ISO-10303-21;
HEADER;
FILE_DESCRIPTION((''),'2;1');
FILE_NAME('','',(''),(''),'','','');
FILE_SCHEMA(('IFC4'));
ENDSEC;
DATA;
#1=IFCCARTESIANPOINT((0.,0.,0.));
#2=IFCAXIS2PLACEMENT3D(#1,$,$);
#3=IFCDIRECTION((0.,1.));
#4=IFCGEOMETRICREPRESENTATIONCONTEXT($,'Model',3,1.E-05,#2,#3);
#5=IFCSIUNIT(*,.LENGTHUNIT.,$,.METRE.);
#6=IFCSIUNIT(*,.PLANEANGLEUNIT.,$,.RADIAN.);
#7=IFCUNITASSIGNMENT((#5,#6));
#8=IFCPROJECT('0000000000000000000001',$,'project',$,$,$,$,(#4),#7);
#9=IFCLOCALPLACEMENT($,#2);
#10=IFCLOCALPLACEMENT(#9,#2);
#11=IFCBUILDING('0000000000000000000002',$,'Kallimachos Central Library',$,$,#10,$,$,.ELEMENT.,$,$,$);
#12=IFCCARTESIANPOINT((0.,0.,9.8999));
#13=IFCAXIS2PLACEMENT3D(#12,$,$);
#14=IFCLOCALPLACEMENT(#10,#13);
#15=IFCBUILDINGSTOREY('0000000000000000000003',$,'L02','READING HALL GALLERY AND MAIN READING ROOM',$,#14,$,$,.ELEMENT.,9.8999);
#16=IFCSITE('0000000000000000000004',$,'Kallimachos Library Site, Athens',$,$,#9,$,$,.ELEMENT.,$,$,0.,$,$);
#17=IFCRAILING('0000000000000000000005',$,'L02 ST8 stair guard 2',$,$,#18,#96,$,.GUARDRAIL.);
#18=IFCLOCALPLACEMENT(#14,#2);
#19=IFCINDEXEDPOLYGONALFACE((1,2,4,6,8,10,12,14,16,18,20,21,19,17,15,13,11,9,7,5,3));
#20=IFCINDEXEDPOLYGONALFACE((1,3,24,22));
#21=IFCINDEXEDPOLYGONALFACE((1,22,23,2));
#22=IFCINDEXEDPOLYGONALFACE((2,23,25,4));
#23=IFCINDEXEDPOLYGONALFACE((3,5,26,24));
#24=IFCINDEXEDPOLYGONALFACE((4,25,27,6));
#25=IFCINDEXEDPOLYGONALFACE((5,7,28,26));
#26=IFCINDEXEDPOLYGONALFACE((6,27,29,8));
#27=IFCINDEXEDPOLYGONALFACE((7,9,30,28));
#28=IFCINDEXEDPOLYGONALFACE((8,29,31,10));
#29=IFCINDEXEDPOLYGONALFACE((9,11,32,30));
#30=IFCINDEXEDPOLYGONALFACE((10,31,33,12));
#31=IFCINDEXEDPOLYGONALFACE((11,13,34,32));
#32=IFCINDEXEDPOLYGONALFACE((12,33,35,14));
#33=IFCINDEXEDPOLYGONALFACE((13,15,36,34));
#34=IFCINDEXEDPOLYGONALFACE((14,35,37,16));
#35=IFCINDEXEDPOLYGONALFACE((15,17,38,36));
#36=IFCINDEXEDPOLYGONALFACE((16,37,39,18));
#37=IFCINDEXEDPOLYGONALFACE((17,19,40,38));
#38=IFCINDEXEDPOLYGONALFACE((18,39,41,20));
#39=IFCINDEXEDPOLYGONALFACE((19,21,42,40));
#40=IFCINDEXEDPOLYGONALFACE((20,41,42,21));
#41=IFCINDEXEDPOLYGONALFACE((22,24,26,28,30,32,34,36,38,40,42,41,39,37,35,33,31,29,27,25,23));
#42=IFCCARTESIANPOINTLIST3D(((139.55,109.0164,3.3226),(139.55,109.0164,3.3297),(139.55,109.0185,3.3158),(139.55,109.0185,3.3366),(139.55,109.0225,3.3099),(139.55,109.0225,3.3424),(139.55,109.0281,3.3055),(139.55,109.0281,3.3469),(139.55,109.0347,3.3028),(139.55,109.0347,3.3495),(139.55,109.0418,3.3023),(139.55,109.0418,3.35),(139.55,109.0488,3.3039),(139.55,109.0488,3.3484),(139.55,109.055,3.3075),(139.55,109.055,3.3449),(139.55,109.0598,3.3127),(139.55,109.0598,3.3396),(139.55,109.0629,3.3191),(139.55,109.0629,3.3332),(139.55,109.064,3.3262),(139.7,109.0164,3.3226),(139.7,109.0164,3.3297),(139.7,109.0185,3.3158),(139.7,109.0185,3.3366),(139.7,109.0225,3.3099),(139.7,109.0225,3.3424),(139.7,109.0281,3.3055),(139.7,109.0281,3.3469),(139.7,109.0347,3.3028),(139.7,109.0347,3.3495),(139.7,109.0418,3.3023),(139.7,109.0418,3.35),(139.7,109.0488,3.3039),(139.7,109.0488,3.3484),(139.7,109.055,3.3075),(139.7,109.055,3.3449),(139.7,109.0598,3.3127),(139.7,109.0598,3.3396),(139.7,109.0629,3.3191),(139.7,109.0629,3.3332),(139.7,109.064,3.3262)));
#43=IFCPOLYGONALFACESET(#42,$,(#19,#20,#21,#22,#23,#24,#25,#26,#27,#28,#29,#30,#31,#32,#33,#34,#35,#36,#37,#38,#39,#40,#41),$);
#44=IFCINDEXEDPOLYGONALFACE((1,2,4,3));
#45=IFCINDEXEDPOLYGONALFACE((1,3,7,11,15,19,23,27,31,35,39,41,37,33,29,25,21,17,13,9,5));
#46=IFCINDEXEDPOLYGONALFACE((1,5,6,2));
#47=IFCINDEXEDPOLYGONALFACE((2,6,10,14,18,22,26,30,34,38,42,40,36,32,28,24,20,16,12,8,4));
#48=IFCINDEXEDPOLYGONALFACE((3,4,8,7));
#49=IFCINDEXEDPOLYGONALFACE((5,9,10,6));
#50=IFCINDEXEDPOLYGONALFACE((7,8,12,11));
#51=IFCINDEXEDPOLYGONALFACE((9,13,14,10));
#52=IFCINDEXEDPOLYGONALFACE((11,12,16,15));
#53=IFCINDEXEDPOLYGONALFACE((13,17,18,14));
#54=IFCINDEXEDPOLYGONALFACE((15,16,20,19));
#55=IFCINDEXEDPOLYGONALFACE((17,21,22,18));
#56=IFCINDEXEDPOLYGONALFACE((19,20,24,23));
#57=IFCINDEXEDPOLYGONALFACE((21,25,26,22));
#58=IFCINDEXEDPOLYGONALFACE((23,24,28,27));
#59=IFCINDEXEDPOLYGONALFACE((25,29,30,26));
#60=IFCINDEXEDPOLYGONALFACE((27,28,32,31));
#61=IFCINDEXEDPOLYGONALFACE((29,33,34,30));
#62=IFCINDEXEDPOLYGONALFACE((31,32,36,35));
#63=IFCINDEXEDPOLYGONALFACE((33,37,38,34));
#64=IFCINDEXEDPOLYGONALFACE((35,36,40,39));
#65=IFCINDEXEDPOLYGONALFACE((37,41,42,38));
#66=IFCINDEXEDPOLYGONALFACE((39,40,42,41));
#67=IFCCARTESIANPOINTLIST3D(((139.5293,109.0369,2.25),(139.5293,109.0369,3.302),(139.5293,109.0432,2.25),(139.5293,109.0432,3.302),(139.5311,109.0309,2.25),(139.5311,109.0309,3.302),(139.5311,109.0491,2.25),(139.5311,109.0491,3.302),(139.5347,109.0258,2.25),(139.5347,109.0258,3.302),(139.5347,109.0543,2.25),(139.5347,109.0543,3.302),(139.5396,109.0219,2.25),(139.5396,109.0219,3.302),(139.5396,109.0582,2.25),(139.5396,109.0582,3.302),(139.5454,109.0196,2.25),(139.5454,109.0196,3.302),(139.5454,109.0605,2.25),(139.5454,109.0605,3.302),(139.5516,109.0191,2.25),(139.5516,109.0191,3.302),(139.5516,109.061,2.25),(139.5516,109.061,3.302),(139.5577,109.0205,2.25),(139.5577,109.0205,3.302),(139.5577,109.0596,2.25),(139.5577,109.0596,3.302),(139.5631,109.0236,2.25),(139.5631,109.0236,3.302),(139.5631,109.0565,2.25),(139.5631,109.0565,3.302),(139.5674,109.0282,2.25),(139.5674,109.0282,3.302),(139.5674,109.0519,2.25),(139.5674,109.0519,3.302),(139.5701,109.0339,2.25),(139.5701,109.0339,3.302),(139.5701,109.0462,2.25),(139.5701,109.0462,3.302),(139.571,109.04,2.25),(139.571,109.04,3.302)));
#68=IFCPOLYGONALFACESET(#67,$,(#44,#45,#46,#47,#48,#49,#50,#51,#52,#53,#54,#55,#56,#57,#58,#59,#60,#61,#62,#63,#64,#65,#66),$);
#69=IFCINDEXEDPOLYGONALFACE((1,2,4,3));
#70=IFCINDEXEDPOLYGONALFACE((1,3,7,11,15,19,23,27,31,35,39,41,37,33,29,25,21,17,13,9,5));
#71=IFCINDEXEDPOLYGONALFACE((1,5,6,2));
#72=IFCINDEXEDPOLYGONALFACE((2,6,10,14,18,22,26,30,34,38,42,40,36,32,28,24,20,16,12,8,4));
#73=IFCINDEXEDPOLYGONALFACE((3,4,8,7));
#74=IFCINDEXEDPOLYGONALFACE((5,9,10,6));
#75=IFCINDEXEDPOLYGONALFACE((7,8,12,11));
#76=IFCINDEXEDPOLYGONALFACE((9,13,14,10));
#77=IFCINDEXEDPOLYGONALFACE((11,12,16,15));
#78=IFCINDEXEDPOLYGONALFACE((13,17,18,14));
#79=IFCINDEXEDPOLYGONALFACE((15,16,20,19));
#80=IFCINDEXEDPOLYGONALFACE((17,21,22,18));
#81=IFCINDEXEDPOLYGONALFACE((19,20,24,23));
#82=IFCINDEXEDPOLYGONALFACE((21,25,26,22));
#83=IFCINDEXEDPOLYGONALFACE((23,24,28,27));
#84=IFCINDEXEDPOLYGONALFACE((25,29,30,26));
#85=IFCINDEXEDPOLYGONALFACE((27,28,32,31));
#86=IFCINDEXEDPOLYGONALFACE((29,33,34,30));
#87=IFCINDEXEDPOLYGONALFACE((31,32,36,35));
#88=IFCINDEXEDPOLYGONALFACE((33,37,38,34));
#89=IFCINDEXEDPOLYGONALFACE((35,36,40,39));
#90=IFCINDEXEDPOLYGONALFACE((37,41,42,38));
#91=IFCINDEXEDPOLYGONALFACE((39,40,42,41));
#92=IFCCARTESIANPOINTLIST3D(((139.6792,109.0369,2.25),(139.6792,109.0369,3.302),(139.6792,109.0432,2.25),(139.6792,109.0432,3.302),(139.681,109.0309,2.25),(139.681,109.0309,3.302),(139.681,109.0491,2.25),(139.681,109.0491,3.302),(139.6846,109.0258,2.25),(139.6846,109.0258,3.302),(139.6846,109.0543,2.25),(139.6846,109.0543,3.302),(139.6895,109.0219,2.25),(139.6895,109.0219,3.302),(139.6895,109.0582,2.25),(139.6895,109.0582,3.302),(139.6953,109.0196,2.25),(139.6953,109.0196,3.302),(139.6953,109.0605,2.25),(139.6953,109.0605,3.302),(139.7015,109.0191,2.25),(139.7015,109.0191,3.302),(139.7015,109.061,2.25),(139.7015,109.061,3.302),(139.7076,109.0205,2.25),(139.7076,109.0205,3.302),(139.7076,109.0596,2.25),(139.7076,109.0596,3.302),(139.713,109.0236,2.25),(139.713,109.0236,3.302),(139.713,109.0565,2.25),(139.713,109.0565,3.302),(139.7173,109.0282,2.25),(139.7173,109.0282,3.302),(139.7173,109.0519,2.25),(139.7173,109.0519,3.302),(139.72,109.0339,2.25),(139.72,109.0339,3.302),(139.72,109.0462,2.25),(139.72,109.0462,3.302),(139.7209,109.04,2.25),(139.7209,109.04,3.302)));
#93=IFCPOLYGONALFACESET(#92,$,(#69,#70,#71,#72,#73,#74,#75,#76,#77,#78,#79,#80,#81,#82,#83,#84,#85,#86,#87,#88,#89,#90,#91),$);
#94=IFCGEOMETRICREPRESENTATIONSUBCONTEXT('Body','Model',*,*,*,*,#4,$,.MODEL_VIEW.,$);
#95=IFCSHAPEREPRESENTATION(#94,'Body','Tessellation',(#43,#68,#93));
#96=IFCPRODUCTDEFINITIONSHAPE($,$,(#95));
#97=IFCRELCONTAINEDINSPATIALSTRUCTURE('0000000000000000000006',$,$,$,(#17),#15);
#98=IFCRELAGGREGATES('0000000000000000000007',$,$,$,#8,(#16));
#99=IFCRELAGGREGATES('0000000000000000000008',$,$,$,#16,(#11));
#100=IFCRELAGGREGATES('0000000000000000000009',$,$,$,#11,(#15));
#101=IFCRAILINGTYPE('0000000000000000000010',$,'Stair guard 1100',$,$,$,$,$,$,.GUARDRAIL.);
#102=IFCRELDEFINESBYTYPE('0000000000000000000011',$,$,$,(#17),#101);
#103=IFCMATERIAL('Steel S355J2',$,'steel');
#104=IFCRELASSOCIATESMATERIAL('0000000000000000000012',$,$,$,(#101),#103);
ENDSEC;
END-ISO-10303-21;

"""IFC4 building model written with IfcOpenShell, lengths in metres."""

from ifc_helpers import new_model, si_unit, direction, frame, origin, origin_2d, place, context, subcontext, project, spatial, circle, extrude, material, type_object, element, save


model = new_model("IFC4")

# Units and contexts
model_context = context("Model", 3, precision=1e-05, world=origin(), true_north=direction((0.0, 1.0)))
body_context = subcontext(model_context, "Body", "Model", "MODEL_VIEW")
ifc_project = project(units=[si_unit("LENGTHUNIT", "METRE"), si_unit("PLANEANGLEUNIT", "RADIAN")], contexts=[model_context])

# Site, building, storey
site_placement = place(None, origin())
site = spatial("IfcSite", under=ifc_project, at=site_placement, Name="Kallimachos Library Site, Athens", CompositionType="ELEMENT", RefElevation=0.0)
building_placement = place(site_placement, origin())
building = spatial("IfcBuilding", under=site, at=building_placement, Name="Kallimachos Central Library", CompositionType="ELEMENT")
storey_placement = place(building_placement, frame((0.0, 0.0, 9.8999)))
storey = spatial("IfcBuildingStorey", under=building, at=storey_placement, Name="L02", Description="READING HALL GALLERY AND MAIN READING ROOM", CompositionType="ELEMENT", Elevation=9.8999)

# Railing
ifc_material_1 = material(Name="Steel S355J2", Category="steel")
railing_type_1 = type_object("IfcRailingType", Name="Stair guard 1100", PredefinedType="GUARDRAIL", material=ifc_material_1)
railing_1_placement = place(storey_placement, frame((139.55, 109.04, 2.25)))
element("IfcRailing", 1, at=railing_1_placement, inside=storey, type_object=railing_type_1, Name="L02 ST8 stair guard 2", PredefinedType="GUARDRAIL", context=body_context, shape_type="SweptSolid", body=[
    extrude(circle(Radius=0.0239, at=origin_2d()), frame((0.0, 0.0, 1.0762), z_axis=(1.0, 0.0, 0.0), x_axis=(0.0, 1.0, 0.0)), (0.0, 0.0, 1.0), 0.1499),
    extrude(circle(Radius=0.021, at=origin_2d()), origin(), (0.0, 0.0, 1.0), 1.052),
    extrude(circle(Radius=0.021, at=origin_2d()), frame((0.1499, 0.0, 0.0)), (0.0, 0.0, 1.0), 1.052),
])

save(model, "model.ifc")
